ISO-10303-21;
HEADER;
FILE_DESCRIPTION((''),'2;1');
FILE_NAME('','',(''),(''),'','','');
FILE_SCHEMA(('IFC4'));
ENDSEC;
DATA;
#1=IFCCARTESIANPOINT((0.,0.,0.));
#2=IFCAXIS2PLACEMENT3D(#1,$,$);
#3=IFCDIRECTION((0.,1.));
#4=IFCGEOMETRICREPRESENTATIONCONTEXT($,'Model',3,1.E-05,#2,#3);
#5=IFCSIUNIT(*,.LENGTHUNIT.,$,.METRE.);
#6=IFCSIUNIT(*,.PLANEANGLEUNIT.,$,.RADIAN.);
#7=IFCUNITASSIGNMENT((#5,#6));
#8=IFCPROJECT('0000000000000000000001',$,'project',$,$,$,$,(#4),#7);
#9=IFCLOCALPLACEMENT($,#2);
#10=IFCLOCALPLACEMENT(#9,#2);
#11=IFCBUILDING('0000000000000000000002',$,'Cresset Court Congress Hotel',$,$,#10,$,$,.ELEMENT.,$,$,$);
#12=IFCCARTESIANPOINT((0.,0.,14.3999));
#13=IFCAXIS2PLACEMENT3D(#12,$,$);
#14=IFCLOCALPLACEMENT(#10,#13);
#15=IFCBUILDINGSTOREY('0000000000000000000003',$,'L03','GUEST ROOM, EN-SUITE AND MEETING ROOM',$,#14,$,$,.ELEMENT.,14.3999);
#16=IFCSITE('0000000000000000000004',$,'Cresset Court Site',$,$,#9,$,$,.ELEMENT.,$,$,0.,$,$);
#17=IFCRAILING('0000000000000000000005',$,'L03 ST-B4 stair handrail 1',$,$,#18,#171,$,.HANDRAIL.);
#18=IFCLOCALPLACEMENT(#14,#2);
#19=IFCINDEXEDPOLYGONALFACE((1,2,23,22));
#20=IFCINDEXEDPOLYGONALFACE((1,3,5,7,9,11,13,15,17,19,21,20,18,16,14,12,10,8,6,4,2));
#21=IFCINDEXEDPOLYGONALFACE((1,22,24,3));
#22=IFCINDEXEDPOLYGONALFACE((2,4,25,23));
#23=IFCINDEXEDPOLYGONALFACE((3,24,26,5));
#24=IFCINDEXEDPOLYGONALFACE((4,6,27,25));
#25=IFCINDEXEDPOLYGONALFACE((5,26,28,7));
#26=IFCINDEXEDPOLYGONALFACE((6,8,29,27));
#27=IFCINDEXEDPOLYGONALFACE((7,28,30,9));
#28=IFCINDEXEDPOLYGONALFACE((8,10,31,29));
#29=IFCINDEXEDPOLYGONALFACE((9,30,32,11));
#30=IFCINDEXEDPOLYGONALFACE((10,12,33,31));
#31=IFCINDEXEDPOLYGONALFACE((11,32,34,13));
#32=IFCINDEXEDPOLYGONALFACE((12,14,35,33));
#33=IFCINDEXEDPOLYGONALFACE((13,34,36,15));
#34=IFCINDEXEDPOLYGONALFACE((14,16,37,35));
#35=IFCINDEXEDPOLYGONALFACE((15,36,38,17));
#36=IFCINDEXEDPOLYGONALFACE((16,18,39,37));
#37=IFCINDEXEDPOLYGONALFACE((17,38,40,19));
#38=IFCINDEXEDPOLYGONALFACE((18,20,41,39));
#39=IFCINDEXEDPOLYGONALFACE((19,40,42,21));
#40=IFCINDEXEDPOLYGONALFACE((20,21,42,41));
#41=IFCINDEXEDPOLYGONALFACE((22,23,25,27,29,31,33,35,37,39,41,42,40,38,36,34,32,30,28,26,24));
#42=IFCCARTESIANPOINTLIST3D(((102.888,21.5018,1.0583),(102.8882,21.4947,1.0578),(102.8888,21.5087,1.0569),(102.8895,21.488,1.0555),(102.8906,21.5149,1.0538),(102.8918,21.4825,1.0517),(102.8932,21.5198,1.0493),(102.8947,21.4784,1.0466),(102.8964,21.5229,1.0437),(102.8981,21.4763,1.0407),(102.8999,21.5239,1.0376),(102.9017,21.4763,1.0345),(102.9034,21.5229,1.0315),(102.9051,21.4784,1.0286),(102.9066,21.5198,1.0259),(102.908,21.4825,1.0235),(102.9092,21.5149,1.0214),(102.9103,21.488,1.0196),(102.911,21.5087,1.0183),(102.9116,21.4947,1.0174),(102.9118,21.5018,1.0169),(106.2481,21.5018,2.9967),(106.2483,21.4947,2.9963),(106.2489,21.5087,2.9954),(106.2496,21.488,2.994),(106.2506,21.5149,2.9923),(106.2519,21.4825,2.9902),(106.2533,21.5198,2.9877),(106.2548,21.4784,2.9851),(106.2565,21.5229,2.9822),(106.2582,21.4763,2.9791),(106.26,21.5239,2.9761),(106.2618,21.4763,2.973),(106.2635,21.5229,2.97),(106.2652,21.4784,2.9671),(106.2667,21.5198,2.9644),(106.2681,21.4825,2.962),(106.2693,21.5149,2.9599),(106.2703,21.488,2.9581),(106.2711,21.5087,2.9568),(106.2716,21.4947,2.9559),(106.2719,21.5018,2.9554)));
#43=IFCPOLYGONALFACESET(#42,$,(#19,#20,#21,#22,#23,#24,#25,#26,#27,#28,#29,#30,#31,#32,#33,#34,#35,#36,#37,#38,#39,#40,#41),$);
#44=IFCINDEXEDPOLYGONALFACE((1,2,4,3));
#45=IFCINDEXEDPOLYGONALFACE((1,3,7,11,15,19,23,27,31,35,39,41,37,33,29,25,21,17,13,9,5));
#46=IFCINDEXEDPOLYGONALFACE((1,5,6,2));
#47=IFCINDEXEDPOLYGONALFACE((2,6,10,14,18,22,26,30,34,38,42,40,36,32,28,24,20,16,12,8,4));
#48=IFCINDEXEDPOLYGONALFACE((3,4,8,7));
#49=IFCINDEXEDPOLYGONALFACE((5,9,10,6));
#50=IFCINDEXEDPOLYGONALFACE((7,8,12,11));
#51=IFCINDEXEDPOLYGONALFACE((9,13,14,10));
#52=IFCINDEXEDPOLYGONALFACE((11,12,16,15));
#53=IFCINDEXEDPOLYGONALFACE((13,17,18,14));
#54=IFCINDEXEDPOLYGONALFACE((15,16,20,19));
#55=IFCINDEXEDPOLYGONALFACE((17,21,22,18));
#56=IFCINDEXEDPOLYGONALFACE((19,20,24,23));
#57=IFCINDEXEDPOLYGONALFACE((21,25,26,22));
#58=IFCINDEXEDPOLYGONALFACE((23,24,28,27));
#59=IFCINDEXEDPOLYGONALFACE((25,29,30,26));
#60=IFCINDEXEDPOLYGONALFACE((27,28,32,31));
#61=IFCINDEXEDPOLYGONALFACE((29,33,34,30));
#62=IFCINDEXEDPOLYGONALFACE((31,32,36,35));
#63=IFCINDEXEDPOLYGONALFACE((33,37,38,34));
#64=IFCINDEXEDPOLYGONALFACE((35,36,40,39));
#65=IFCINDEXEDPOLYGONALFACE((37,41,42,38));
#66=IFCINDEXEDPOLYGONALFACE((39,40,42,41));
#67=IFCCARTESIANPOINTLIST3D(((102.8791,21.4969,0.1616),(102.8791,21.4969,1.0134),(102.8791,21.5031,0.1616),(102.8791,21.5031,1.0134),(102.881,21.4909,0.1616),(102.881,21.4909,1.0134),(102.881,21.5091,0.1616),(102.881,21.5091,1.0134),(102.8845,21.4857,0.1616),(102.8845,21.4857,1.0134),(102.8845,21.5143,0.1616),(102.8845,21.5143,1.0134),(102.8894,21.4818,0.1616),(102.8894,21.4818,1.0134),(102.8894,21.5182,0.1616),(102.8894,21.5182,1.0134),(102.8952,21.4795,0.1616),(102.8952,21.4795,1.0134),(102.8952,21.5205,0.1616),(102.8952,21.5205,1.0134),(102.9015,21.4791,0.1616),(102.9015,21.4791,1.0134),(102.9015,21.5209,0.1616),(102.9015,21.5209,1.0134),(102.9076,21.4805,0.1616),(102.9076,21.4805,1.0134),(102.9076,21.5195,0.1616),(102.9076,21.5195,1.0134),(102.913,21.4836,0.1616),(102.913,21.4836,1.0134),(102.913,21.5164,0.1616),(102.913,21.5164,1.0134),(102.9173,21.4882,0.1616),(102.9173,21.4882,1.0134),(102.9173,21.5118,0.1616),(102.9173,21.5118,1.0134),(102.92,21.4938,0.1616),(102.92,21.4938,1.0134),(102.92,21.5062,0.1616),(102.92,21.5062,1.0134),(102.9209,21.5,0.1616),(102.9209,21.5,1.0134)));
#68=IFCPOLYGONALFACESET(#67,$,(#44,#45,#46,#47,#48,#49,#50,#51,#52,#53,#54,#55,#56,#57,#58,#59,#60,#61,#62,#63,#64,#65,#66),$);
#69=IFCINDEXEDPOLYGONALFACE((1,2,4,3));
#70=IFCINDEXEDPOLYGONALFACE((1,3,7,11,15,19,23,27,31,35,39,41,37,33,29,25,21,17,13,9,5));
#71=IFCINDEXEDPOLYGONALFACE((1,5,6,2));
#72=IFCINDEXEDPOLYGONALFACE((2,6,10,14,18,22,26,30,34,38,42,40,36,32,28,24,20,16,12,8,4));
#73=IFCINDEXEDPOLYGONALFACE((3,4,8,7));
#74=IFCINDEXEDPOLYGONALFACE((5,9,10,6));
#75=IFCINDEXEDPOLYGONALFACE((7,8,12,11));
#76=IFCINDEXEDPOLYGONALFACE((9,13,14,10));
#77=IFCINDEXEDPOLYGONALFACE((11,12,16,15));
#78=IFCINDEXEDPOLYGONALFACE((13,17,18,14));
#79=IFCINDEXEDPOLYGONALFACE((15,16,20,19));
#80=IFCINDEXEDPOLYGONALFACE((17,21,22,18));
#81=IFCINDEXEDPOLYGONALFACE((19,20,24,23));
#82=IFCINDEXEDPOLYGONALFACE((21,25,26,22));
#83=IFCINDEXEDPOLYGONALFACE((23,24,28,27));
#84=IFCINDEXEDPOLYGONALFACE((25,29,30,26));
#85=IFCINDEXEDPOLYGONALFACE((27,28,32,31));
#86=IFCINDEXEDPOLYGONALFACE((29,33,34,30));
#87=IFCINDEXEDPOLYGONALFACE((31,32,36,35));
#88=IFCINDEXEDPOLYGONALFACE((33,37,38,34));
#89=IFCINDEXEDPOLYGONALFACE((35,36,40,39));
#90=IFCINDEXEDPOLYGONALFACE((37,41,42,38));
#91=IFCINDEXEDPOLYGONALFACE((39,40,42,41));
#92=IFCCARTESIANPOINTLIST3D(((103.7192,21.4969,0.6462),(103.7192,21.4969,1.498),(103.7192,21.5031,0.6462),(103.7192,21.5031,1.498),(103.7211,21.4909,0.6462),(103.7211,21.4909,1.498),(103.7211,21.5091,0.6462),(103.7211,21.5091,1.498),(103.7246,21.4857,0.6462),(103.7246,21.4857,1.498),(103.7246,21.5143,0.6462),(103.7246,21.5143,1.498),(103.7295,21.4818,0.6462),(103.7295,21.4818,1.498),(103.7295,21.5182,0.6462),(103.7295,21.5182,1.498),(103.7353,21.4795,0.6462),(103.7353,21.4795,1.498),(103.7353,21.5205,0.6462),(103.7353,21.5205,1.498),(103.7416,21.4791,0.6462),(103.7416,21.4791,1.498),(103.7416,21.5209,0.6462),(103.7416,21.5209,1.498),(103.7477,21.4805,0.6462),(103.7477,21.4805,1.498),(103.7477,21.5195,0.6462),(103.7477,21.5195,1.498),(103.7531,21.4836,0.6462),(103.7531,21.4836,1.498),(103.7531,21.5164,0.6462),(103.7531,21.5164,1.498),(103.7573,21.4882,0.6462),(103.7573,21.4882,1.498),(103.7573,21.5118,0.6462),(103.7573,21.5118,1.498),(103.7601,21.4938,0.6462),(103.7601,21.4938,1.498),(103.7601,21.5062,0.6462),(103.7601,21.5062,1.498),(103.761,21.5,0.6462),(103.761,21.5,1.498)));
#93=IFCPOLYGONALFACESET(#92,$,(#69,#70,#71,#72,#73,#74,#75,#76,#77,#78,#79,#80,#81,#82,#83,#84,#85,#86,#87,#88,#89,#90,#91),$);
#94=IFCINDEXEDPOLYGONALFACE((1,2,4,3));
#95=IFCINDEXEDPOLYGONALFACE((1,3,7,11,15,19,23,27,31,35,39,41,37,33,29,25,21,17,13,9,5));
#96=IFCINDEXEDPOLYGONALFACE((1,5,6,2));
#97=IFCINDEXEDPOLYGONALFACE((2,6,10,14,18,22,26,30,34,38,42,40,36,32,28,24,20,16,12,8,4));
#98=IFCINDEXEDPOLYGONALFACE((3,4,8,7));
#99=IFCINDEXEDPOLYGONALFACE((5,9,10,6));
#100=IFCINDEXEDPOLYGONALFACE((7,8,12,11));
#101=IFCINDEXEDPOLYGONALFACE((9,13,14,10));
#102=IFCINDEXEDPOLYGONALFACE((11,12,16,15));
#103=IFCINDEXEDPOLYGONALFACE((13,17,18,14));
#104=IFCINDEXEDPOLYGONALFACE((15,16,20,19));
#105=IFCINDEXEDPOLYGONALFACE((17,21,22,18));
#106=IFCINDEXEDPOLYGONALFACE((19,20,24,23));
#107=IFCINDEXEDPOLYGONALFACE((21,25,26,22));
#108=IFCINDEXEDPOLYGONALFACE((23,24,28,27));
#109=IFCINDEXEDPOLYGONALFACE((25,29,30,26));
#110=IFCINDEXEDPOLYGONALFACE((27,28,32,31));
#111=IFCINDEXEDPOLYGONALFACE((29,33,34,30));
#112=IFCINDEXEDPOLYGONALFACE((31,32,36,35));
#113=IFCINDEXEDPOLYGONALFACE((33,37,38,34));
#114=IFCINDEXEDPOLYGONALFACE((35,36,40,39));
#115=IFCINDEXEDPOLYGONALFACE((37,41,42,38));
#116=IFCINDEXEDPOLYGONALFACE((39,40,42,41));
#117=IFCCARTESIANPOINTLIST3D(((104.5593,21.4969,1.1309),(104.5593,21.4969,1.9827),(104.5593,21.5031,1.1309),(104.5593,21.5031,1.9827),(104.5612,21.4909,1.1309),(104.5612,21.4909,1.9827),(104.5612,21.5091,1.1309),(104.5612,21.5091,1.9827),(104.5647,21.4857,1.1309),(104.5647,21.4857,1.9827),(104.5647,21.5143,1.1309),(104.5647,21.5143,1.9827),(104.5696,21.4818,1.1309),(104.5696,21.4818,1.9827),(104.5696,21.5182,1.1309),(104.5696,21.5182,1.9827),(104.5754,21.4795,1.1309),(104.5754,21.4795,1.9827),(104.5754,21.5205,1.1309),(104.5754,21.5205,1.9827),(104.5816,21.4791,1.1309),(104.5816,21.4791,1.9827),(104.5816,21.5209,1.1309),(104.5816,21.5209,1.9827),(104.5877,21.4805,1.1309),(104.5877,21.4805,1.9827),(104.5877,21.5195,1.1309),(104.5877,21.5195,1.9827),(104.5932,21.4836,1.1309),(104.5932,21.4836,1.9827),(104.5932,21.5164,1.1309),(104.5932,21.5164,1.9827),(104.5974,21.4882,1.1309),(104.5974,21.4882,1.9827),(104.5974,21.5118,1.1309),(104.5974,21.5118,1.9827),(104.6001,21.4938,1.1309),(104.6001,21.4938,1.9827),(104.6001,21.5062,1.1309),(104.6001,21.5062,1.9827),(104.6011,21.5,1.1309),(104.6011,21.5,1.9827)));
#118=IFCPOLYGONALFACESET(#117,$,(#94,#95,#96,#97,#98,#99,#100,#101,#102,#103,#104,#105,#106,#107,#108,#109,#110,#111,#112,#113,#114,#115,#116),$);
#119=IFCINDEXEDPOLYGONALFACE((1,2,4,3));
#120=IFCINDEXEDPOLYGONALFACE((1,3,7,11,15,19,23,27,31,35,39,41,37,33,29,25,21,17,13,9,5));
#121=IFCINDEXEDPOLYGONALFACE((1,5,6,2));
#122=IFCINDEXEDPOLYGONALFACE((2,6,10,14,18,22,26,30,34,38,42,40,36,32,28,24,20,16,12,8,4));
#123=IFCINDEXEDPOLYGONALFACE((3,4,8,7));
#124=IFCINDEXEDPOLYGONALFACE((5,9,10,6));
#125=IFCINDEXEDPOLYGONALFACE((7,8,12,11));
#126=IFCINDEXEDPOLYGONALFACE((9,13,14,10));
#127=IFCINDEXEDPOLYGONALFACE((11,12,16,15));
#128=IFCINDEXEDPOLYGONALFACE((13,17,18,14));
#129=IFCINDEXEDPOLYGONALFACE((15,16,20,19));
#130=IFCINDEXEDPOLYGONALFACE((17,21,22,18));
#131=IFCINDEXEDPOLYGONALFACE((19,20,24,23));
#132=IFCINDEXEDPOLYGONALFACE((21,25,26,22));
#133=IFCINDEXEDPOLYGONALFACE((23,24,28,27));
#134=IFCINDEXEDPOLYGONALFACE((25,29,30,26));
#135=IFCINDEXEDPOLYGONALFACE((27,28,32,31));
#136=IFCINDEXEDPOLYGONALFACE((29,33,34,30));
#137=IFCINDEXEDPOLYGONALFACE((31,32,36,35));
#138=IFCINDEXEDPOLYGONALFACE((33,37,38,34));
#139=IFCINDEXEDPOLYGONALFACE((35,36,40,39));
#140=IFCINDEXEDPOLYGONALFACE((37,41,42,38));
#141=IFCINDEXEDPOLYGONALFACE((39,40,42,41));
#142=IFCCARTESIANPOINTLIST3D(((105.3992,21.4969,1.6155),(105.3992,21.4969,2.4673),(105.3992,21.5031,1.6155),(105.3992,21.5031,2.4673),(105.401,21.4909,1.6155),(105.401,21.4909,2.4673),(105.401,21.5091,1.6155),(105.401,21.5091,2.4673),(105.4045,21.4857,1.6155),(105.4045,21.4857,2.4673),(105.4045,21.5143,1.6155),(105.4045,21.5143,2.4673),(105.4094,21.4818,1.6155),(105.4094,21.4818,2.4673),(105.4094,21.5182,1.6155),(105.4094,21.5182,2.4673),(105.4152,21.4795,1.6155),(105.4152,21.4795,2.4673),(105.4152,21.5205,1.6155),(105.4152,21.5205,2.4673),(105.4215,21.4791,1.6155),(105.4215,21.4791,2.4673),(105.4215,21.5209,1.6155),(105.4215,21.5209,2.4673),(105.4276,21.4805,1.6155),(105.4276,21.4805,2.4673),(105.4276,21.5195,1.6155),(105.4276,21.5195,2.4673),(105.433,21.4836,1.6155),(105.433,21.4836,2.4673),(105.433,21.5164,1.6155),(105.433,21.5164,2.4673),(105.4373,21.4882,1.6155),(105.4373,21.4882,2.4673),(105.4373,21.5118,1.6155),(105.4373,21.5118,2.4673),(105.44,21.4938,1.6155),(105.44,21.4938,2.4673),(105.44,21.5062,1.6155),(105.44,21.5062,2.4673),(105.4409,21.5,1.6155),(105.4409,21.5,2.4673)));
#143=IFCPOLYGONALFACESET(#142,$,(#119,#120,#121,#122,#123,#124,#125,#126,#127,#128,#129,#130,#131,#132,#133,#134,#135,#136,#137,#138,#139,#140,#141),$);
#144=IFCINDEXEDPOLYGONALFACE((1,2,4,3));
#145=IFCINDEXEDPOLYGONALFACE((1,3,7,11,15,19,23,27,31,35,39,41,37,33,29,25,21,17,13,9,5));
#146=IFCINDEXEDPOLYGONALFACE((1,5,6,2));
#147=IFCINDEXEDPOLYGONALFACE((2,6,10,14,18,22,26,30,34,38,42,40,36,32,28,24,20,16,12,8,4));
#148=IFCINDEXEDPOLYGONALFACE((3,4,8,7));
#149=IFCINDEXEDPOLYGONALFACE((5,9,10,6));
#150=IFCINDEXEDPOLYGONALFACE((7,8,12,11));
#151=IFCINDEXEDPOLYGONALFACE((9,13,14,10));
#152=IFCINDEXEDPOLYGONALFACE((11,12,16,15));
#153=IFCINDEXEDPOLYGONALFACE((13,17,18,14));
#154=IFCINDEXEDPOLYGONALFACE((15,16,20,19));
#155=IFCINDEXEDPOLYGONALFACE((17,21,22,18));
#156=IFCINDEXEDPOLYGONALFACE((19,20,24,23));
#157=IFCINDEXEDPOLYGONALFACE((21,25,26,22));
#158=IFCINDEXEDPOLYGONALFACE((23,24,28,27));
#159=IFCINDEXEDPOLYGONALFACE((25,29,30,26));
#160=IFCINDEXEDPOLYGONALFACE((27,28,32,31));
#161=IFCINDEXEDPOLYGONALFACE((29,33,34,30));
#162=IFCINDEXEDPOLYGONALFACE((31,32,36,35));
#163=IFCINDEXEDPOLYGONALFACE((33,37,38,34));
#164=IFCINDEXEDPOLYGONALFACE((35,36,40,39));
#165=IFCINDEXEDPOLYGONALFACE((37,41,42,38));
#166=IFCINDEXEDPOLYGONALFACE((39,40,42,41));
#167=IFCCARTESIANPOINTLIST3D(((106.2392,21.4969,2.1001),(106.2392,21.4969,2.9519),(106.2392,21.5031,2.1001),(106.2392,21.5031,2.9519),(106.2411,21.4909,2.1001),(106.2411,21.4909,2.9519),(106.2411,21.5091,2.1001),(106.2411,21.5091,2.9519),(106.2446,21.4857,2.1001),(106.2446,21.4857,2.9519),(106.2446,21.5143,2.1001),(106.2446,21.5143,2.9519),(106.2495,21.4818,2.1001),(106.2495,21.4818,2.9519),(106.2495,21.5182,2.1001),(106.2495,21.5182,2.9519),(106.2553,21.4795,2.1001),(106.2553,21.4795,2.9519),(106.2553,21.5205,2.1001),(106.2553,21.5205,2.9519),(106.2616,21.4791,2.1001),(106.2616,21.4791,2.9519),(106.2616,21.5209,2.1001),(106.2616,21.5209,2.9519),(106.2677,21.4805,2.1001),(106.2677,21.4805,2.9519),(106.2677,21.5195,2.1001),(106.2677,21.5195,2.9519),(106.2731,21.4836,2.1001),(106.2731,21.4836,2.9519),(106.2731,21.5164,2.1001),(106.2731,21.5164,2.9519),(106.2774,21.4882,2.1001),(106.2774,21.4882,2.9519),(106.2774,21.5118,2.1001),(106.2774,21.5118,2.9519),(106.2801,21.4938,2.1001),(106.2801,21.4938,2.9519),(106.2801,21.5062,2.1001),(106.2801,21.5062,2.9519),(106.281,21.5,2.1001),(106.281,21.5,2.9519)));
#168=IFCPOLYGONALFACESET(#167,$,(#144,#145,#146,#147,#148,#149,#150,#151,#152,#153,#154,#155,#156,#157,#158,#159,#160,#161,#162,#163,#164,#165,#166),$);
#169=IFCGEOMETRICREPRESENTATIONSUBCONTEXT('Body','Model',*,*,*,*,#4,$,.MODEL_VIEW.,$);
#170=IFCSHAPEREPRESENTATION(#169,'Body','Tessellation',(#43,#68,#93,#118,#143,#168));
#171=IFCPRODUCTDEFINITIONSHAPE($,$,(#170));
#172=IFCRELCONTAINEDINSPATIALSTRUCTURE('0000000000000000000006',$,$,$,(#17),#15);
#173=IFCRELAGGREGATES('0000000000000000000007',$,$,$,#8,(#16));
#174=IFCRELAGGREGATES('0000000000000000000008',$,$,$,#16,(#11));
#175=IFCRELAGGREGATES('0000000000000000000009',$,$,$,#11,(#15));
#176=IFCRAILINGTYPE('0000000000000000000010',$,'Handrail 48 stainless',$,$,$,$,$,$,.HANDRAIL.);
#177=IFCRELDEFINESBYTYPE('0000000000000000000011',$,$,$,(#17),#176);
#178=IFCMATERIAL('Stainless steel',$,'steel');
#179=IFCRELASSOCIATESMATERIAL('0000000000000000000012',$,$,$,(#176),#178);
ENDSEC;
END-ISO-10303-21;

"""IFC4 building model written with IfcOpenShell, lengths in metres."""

from ifc_helpers import new_model, si_unit, direction, frame, origin, origin_2d, place, context, subcontext, project, spatial, circle, extrude, material, type_object, element, save


model = new_model("IFC4")

# Units and contexts
model_context = context("Model", 3, precision=1e-05, world=origin(), true_north=direction((0.0, 1.0)))
body_context = subcontext(model_context, "Body", "Model", "MODEL_VIEW")
ifc_project = project(units=[si_unit("LENGTHUNIT", "METRE"), si_unit("PLANEANGLEUNIT", "RADIAN")], contexts=[model_context])

# Site, building, storey
site_placement = place(None, origin())
site = spatial("IfcSite", under=ifc_project, at=site_placement, Name="Cresset Court Site", CompositionType="ELEMENT", RefElevation=0.0)
building_placement = place(site_placement, origin())
building = spatial("IfcBuilding", under=site, at=building_placement, Name="Cresset Court Congress Hotel", CompositionType="ELEMENT")
storey_placement = place(building_placement, frame((0.0, 0.0, 14.3999)))
storey = spatial("IfcBuildingStorey", under=building, at=storey_placement, Name="L03", Description="GUEST ROOM, EN-SUITE AND MEETING ROOM", CompositionType="ELEMENT", Elevation=14.3999)

# Railing
ifc_material_1 = material(Name="Stainless steel", Category="steel")
railing_type_1 = type_object("IfcRailingType", Name="Handrail 48 stainless", PredefinedType="HANDRAIL", material=ifc_material_1)
railing_1_placement = place(storey_placement, frame((102.8999, 21.5, 0.1616)))
element("IfcRailing", 1, at=railing_1_placement, inside=storey, type_object=railing_type_1, Name="L03 ST-B4 stair handrail 1", PredefinedType="HANDRAIL", context=body_context, shape_type="SweptSolid", body=[
    extrude(circle(Radius=0.0239, at=origin_2d()), frame((0.0, 0.0, 0.876), z_axis=(0.866191, 0.0, 0.499713), x_axis=(0.0, 1.0, 0.0)), (0.0, 0.0, 1.0), 3.8792),
    extrude(circle(Radius=0.021, at=origin_2d()), origin(), (0.0, 0.0, 1.0), 0.8518),
    extrude(circle(Radius=0.021, at=origin_2d()), frame((0.8401, 0.0, 0.4846)), (0.0, 0.0, 1.0), 0.8518),
    extrude(circle(Radius=0.021, at=origin_2d()), frame((1.6802, 0.0, 0.9692)), (0.0, 0.0, 1.0), 0.8518),
    extrude(circle(Radius=0.021, at=origin_2d()), frame((2.52, 0.0, 1.4539)), (0.0, 0.0, 1.0), 0.8518),
    extrude(circle(Radius=0.021, at=origin_2d()), frame((3.3601, 0.0, 1.9385)), (0.0, 0.0, 1.0), 0.8518),
])

save(model, "model.ifc")
